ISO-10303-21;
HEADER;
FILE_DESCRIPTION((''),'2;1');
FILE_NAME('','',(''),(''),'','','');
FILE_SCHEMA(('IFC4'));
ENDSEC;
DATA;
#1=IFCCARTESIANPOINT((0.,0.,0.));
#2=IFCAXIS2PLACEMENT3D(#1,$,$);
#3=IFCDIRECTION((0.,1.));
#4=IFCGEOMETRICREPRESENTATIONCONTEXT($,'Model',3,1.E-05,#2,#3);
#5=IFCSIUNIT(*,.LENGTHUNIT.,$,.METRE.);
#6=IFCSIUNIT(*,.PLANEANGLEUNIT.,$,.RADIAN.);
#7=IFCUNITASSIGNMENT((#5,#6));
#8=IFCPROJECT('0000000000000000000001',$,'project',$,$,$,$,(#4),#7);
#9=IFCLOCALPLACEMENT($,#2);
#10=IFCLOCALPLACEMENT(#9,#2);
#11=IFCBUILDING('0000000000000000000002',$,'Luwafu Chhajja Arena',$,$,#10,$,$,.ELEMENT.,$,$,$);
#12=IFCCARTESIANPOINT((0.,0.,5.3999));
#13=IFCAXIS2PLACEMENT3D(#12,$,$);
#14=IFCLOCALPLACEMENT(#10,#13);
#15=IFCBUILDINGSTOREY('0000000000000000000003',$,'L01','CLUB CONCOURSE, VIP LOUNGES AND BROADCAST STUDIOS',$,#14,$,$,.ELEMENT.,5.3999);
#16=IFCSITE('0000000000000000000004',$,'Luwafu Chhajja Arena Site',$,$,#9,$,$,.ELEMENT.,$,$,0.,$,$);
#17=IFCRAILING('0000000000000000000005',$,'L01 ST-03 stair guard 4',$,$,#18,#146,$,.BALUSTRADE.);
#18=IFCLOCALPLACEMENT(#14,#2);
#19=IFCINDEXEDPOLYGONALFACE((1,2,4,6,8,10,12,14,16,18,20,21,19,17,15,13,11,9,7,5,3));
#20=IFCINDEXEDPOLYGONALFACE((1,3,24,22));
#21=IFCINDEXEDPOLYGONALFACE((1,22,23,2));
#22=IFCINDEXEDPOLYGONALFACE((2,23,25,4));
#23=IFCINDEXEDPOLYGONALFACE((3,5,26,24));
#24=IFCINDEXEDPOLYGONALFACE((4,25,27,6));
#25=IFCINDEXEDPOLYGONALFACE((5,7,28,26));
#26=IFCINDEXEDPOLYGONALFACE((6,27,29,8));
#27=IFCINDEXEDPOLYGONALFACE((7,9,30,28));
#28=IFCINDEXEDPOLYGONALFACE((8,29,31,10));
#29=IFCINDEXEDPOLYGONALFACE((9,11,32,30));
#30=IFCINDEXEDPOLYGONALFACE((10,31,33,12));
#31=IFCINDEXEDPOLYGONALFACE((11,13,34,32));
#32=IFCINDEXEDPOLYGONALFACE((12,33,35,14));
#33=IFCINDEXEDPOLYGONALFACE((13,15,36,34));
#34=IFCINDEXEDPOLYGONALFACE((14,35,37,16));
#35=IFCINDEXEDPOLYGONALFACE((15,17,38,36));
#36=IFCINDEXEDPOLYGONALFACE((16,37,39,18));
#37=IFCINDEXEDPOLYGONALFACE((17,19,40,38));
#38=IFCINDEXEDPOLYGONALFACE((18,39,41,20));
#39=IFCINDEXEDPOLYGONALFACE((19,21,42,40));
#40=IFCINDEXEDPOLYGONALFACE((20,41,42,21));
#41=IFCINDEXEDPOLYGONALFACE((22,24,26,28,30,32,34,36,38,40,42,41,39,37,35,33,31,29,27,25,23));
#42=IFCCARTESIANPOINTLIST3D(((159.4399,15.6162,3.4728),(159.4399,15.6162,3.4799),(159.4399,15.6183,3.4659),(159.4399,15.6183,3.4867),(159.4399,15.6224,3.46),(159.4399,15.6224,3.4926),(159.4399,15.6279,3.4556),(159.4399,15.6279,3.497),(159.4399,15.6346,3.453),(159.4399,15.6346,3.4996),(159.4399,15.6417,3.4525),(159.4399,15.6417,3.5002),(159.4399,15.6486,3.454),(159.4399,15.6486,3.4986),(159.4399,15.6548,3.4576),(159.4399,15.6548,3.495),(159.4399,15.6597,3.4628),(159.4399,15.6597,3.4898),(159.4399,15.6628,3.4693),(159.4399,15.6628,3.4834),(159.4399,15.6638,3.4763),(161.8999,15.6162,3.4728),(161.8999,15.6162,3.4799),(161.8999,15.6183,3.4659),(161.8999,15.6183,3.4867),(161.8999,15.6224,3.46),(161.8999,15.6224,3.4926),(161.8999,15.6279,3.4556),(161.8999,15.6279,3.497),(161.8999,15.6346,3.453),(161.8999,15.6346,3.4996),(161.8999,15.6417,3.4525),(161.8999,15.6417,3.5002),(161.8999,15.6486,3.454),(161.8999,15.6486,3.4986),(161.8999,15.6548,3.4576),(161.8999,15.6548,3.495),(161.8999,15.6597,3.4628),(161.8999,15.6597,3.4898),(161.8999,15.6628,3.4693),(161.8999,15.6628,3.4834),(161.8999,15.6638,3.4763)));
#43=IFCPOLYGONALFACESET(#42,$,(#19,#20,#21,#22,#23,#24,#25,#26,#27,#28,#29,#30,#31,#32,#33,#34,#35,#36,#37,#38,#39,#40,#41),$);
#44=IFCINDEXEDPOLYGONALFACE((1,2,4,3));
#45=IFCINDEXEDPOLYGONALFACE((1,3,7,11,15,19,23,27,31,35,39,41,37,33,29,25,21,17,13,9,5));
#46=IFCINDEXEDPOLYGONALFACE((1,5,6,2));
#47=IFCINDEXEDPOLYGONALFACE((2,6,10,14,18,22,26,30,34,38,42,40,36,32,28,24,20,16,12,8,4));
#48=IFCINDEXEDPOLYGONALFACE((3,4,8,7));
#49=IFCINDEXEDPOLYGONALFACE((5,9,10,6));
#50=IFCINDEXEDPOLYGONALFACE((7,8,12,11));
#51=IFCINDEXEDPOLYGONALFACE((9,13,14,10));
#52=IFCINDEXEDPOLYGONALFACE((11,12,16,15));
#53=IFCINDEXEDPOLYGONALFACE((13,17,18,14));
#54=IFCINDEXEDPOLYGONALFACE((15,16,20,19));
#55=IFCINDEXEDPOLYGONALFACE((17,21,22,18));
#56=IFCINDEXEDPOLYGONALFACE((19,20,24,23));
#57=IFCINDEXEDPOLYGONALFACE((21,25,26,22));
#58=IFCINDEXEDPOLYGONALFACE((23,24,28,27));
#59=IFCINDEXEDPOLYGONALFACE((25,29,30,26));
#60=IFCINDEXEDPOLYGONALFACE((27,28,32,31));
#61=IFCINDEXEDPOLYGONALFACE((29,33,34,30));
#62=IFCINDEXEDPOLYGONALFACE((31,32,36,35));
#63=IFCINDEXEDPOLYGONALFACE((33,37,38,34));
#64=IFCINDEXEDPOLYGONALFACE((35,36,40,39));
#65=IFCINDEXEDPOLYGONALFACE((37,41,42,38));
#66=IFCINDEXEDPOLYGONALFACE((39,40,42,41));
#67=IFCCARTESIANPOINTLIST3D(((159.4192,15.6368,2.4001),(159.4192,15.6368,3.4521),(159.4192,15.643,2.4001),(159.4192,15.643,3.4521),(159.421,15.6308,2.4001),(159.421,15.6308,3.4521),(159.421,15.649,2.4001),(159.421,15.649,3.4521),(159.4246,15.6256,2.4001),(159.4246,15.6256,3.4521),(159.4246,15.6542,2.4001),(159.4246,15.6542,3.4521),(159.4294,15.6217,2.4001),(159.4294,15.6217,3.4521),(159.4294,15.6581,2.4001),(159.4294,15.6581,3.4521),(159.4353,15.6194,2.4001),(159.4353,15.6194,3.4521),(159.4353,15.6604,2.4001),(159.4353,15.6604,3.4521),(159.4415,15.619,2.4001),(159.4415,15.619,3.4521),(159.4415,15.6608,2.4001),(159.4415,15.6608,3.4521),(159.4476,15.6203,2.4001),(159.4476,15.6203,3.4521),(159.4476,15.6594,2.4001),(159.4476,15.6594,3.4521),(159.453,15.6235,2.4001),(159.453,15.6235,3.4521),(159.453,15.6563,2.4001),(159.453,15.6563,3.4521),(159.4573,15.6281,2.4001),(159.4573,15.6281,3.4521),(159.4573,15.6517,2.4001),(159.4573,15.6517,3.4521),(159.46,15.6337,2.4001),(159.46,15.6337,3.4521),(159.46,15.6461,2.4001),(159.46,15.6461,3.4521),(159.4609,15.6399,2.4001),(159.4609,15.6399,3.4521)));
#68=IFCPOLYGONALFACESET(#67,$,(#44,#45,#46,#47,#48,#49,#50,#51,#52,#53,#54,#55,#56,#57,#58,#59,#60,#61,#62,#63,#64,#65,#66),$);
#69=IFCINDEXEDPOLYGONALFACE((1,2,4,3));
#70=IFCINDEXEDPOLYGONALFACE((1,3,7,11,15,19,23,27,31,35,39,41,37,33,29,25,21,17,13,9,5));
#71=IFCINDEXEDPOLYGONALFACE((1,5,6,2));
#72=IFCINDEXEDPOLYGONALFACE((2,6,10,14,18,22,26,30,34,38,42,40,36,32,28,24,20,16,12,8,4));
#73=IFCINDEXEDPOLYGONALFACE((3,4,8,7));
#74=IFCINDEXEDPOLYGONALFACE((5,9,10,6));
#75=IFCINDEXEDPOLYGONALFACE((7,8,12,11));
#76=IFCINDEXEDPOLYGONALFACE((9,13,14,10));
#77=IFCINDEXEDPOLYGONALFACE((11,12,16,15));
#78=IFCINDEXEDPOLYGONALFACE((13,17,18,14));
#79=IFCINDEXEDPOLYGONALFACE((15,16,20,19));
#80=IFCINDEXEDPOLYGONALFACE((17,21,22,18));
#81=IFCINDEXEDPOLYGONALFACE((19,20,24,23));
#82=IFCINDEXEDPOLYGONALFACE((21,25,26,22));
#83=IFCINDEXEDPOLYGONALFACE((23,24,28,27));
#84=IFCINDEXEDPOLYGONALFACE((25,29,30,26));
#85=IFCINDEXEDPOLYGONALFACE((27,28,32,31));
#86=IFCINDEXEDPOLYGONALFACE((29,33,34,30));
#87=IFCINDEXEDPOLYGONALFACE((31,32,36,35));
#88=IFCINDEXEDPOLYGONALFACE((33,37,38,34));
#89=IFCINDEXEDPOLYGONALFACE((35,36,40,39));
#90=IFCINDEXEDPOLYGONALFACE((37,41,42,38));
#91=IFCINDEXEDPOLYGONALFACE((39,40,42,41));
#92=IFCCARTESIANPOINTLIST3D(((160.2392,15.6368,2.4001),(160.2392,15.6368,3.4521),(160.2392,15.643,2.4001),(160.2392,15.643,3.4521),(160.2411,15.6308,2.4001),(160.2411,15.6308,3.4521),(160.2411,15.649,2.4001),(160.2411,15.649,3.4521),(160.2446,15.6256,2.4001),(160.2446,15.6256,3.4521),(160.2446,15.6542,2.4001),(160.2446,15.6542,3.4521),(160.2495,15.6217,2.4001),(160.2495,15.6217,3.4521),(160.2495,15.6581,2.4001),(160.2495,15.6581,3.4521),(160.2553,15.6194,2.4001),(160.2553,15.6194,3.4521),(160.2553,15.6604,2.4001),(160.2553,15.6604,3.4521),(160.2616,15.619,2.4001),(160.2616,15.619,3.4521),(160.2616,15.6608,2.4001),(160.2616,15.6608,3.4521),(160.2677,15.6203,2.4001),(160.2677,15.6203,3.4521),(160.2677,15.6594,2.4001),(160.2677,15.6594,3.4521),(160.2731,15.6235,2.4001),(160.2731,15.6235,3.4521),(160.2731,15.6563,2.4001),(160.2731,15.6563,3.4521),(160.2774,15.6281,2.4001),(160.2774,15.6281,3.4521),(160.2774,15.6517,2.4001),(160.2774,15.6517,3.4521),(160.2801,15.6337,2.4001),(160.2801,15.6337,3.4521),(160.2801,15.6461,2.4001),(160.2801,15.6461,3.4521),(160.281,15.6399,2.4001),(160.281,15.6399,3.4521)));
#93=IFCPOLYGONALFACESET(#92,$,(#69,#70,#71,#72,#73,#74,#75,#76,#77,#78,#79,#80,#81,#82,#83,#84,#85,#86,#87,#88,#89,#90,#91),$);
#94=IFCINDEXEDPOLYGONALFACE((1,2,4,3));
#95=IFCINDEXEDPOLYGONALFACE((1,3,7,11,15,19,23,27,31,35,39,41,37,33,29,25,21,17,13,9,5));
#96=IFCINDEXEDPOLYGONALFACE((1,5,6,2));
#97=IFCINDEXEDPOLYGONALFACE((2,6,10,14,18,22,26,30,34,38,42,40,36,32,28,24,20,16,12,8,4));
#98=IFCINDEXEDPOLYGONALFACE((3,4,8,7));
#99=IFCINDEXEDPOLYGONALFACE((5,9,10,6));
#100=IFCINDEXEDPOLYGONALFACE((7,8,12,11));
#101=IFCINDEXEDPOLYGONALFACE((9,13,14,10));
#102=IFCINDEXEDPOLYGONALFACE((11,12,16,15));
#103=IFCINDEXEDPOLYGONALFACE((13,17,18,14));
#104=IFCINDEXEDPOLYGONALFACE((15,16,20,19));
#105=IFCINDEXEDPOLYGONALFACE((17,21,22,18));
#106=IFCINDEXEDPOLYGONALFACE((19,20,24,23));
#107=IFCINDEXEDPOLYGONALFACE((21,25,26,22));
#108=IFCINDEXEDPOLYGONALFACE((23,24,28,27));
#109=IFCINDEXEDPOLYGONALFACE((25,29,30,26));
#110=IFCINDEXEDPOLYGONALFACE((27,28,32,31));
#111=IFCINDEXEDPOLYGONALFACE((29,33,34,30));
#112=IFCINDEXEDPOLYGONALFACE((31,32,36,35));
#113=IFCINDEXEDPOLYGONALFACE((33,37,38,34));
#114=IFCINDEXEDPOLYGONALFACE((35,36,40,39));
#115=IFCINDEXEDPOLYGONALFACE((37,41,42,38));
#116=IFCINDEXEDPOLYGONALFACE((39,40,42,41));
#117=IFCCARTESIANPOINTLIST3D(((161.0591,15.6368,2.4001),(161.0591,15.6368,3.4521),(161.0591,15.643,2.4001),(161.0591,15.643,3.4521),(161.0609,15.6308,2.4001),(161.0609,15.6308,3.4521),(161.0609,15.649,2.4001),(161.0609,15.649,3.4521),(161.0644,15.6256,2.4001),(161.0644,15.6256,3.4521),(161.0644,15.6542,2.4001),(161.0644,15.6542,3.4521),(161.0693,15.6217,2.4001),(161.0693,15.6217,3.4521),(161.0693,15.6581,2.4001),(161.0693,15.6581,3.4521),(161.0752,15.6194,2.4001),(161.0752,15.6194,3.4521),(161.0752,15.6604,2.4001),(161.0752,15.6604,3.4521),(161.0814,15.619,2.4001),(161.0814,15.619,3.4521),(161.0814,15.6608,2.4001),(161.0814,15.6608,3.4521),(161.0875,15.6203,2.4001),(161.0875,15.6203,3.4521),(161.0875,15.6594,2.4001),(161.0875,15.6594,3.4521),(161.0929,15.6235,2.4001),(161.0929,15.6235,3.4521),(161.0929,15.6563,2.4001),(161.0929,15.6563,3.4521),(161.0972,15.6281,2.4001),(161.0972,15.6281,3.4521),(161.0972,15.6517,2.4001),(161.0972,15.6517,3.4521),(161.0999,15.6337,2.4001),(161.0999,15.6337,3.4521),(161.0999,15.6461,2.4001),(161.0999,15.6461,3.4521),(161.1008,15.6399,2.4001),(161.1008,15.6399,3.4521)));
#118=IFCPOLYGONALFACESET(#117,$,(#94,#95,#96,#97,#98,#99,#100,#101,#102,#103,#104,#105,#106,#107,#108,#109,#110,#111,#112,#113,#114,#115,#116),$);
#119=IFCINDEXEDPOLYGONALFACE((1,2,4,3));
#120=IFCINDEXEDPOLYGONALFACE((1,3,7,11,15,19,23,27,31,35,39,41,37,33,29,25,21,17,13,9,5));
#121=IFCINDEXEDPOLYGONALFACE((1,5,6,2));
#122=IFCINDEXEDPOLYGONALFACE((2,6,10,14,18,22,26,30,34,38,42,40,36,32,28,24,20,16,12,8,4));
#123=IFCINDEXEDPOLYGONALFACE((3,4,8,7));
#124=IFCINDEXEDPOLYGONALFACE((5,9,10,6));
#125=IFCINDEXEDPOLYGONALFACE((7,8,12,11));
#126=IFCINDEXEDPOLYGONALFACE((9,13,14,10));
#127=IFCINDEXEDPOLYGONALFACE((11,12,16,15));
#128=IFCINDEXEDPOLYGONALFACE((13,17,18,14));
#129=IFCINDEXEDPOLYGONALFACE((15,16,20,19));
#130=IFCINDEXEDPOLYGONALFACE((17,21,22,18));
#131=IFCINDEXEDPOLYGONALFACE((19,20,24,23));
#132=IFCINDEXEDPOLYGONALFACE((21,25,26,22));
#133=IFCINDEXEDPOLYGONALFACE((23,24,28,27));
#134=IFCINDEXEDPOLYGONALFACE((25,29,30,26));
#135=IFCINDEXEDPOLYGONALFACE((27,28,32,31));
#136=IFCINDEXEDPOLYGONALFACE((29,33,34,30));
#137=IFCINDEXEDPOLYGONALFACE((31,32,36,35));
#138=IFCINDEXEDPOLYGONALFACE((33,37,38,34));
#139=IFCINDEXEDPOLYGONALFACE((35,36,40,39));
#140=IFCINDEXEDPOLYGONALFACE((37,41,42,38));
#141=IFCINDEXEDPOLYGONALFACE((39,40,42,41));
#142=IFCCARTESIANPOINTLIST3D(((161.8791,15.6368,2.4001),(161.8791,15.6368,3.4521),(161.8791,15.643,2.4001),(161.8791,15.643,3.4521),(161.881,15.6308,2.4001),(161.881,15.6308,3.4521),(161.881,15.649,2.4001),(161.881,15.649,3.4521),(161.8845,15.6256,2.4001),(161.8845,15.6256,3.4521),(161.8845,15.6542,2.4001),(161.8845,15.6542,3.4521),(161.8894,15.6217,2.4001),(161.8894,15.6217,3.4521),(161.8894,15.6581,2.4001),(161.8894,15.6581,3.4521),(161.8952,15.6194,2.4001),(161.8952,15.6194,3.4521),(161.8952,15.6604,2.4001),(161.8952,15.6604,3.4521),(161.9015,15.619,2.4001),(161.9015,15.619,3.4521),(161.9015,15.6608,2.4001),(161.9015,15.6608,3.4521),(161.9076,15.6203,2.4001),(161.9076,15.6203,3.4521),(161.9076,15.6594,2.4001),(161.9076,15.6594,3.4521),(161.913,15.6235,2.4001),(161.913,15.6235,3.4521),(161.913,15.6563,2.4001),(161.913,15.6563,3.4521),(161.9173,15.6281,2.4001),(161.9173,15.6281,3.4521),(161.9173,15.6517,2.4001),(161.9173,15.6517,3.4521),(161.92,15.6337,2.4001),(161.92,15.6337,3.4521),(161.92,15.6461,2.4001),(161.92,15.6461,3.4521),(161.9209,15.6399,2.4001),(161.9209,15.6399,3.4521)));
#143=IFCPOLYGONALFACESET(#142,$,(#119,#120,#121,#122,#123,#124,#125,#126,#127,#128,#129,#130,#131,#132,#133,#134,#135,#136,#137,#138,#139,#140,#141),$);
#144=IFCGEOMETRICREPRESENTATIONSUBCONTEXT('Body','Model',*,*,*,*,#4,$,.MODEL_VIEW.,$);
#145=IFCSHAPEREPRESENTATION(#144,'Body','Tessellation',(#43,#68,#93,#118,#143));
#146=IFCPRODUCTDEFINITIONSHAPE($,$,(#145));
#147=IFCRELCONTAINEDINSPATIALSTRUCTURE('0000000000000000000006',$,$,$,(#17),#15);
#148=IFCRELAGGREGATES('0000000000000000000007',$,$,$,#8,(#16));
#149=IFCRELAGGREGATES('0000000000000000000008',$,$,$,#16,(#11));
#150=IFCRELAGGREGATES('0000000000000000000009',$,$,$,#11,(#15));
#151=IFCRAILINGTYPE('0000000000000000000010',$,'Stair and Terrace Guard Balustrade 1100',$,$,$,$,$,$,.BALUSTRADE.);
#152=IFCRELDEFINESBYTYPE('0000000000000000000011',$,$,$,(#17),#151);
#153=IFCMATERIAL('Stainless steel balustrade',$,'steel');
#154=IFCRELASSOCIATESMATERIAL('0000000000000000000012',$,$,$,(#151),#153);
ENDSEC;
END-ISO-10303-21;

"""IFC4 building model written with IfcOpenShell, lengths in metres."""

from ifc_helpers import new_model, si_unit, direction, frame, origin, origin_2d, place, context, subcontext, project, spatial, circle, extrude, material, type_object, element, save


model = new_model("IFC4")

# Units and contexts
model_context = context("Model", 3, precision=1e-05, world=origin(), true_north=direction((0.0, 1.0)))
body_context = subcontext(model_context, "Body", "Model", "MODEL_VIEW")
ifc_project = project(units=[si_unit("LENGTHUNIT", "METRE"), si_unit("PLANEANGLEUNIT", "RADIAN")], contexts=[model_context])

# Site, building, storey
site_placement = place(None, origin())
site = spatial("IfcSite", under=ifc_project, at=site_placement, Name="Luwafu Chhajja Arena Site", CompositionType="ELEMENT", RefElevation=0.0)
building_placement = place(site_placement, origin())
building = spatial("IfcBuilding", under=site, at=building_placement, Name="Luwafu Chhajja Arena", CompositionType="ELEMENT")
storey_placement = place(building_placement, frame((0.0, 0.0, 5.3999)))
storey = spatial("IfcBuildingStorey", under=building, at=storey_placement, Name="L01", Description="CLUB CONCOURSE, VIP LOUNGES AND BROADCAST STUDIOS", CompositionType="ELEMENT", Elevation=5.3999)

# Railing
ifc_material_1 = material(Name="Stainless steel balustrade", Category="steel")
railing_type_1 = type_object("IfcRailingType", Name="Stair and Terrace Guard Balustrade 1100", PredefinedType="BALUSTRADE", material=ifc_material_1)
for number, where, name in (
    (1, (159.4399, 15.6399, 2.4001), "L01 ST-03 stair guard 4"),
):
    element("IfcRailing", number, at=place(storey_placement, frame(where)), inside=storey, type_object=railing_type_1, Name=name, PredefinedType="BALUSTRADE", context=body_context, shape_type="SweptSolid", body=[
        extrude(circle(Radius=0.0239, at=origin_2d()), frame((0.0, 0.0, 1.0762), z_axis=(1.0, 0.0, 0.0), x_axis=(0.0, 1.0, 0.0)), (0.0, 0.0, 1.0), 2.46),
        extrude(circle(Radius=0.021, at=origin_2d()), origin(), (0.0, 0.0, 1.0), 1.052),
        extrude(circle(Radius=0.021, at=origin_2d()), frame((0.8201, 0.0, 0.0)), (0.0, 0.0, 1.0), 1.052),
        extrude(circle(Radius=0.021, at=origin_2d()), frame((1.6399, 0.0, 0.0)), (0.0, 0.0, 1.0), 1.052),
        extrude(circle(Radius=0.021, at=origin_2d()), frame((2.46, 0.0, 0.0)), (0.0, 0.0, 1.0), 1.052),
    ])

save(model, "model.ifc")
